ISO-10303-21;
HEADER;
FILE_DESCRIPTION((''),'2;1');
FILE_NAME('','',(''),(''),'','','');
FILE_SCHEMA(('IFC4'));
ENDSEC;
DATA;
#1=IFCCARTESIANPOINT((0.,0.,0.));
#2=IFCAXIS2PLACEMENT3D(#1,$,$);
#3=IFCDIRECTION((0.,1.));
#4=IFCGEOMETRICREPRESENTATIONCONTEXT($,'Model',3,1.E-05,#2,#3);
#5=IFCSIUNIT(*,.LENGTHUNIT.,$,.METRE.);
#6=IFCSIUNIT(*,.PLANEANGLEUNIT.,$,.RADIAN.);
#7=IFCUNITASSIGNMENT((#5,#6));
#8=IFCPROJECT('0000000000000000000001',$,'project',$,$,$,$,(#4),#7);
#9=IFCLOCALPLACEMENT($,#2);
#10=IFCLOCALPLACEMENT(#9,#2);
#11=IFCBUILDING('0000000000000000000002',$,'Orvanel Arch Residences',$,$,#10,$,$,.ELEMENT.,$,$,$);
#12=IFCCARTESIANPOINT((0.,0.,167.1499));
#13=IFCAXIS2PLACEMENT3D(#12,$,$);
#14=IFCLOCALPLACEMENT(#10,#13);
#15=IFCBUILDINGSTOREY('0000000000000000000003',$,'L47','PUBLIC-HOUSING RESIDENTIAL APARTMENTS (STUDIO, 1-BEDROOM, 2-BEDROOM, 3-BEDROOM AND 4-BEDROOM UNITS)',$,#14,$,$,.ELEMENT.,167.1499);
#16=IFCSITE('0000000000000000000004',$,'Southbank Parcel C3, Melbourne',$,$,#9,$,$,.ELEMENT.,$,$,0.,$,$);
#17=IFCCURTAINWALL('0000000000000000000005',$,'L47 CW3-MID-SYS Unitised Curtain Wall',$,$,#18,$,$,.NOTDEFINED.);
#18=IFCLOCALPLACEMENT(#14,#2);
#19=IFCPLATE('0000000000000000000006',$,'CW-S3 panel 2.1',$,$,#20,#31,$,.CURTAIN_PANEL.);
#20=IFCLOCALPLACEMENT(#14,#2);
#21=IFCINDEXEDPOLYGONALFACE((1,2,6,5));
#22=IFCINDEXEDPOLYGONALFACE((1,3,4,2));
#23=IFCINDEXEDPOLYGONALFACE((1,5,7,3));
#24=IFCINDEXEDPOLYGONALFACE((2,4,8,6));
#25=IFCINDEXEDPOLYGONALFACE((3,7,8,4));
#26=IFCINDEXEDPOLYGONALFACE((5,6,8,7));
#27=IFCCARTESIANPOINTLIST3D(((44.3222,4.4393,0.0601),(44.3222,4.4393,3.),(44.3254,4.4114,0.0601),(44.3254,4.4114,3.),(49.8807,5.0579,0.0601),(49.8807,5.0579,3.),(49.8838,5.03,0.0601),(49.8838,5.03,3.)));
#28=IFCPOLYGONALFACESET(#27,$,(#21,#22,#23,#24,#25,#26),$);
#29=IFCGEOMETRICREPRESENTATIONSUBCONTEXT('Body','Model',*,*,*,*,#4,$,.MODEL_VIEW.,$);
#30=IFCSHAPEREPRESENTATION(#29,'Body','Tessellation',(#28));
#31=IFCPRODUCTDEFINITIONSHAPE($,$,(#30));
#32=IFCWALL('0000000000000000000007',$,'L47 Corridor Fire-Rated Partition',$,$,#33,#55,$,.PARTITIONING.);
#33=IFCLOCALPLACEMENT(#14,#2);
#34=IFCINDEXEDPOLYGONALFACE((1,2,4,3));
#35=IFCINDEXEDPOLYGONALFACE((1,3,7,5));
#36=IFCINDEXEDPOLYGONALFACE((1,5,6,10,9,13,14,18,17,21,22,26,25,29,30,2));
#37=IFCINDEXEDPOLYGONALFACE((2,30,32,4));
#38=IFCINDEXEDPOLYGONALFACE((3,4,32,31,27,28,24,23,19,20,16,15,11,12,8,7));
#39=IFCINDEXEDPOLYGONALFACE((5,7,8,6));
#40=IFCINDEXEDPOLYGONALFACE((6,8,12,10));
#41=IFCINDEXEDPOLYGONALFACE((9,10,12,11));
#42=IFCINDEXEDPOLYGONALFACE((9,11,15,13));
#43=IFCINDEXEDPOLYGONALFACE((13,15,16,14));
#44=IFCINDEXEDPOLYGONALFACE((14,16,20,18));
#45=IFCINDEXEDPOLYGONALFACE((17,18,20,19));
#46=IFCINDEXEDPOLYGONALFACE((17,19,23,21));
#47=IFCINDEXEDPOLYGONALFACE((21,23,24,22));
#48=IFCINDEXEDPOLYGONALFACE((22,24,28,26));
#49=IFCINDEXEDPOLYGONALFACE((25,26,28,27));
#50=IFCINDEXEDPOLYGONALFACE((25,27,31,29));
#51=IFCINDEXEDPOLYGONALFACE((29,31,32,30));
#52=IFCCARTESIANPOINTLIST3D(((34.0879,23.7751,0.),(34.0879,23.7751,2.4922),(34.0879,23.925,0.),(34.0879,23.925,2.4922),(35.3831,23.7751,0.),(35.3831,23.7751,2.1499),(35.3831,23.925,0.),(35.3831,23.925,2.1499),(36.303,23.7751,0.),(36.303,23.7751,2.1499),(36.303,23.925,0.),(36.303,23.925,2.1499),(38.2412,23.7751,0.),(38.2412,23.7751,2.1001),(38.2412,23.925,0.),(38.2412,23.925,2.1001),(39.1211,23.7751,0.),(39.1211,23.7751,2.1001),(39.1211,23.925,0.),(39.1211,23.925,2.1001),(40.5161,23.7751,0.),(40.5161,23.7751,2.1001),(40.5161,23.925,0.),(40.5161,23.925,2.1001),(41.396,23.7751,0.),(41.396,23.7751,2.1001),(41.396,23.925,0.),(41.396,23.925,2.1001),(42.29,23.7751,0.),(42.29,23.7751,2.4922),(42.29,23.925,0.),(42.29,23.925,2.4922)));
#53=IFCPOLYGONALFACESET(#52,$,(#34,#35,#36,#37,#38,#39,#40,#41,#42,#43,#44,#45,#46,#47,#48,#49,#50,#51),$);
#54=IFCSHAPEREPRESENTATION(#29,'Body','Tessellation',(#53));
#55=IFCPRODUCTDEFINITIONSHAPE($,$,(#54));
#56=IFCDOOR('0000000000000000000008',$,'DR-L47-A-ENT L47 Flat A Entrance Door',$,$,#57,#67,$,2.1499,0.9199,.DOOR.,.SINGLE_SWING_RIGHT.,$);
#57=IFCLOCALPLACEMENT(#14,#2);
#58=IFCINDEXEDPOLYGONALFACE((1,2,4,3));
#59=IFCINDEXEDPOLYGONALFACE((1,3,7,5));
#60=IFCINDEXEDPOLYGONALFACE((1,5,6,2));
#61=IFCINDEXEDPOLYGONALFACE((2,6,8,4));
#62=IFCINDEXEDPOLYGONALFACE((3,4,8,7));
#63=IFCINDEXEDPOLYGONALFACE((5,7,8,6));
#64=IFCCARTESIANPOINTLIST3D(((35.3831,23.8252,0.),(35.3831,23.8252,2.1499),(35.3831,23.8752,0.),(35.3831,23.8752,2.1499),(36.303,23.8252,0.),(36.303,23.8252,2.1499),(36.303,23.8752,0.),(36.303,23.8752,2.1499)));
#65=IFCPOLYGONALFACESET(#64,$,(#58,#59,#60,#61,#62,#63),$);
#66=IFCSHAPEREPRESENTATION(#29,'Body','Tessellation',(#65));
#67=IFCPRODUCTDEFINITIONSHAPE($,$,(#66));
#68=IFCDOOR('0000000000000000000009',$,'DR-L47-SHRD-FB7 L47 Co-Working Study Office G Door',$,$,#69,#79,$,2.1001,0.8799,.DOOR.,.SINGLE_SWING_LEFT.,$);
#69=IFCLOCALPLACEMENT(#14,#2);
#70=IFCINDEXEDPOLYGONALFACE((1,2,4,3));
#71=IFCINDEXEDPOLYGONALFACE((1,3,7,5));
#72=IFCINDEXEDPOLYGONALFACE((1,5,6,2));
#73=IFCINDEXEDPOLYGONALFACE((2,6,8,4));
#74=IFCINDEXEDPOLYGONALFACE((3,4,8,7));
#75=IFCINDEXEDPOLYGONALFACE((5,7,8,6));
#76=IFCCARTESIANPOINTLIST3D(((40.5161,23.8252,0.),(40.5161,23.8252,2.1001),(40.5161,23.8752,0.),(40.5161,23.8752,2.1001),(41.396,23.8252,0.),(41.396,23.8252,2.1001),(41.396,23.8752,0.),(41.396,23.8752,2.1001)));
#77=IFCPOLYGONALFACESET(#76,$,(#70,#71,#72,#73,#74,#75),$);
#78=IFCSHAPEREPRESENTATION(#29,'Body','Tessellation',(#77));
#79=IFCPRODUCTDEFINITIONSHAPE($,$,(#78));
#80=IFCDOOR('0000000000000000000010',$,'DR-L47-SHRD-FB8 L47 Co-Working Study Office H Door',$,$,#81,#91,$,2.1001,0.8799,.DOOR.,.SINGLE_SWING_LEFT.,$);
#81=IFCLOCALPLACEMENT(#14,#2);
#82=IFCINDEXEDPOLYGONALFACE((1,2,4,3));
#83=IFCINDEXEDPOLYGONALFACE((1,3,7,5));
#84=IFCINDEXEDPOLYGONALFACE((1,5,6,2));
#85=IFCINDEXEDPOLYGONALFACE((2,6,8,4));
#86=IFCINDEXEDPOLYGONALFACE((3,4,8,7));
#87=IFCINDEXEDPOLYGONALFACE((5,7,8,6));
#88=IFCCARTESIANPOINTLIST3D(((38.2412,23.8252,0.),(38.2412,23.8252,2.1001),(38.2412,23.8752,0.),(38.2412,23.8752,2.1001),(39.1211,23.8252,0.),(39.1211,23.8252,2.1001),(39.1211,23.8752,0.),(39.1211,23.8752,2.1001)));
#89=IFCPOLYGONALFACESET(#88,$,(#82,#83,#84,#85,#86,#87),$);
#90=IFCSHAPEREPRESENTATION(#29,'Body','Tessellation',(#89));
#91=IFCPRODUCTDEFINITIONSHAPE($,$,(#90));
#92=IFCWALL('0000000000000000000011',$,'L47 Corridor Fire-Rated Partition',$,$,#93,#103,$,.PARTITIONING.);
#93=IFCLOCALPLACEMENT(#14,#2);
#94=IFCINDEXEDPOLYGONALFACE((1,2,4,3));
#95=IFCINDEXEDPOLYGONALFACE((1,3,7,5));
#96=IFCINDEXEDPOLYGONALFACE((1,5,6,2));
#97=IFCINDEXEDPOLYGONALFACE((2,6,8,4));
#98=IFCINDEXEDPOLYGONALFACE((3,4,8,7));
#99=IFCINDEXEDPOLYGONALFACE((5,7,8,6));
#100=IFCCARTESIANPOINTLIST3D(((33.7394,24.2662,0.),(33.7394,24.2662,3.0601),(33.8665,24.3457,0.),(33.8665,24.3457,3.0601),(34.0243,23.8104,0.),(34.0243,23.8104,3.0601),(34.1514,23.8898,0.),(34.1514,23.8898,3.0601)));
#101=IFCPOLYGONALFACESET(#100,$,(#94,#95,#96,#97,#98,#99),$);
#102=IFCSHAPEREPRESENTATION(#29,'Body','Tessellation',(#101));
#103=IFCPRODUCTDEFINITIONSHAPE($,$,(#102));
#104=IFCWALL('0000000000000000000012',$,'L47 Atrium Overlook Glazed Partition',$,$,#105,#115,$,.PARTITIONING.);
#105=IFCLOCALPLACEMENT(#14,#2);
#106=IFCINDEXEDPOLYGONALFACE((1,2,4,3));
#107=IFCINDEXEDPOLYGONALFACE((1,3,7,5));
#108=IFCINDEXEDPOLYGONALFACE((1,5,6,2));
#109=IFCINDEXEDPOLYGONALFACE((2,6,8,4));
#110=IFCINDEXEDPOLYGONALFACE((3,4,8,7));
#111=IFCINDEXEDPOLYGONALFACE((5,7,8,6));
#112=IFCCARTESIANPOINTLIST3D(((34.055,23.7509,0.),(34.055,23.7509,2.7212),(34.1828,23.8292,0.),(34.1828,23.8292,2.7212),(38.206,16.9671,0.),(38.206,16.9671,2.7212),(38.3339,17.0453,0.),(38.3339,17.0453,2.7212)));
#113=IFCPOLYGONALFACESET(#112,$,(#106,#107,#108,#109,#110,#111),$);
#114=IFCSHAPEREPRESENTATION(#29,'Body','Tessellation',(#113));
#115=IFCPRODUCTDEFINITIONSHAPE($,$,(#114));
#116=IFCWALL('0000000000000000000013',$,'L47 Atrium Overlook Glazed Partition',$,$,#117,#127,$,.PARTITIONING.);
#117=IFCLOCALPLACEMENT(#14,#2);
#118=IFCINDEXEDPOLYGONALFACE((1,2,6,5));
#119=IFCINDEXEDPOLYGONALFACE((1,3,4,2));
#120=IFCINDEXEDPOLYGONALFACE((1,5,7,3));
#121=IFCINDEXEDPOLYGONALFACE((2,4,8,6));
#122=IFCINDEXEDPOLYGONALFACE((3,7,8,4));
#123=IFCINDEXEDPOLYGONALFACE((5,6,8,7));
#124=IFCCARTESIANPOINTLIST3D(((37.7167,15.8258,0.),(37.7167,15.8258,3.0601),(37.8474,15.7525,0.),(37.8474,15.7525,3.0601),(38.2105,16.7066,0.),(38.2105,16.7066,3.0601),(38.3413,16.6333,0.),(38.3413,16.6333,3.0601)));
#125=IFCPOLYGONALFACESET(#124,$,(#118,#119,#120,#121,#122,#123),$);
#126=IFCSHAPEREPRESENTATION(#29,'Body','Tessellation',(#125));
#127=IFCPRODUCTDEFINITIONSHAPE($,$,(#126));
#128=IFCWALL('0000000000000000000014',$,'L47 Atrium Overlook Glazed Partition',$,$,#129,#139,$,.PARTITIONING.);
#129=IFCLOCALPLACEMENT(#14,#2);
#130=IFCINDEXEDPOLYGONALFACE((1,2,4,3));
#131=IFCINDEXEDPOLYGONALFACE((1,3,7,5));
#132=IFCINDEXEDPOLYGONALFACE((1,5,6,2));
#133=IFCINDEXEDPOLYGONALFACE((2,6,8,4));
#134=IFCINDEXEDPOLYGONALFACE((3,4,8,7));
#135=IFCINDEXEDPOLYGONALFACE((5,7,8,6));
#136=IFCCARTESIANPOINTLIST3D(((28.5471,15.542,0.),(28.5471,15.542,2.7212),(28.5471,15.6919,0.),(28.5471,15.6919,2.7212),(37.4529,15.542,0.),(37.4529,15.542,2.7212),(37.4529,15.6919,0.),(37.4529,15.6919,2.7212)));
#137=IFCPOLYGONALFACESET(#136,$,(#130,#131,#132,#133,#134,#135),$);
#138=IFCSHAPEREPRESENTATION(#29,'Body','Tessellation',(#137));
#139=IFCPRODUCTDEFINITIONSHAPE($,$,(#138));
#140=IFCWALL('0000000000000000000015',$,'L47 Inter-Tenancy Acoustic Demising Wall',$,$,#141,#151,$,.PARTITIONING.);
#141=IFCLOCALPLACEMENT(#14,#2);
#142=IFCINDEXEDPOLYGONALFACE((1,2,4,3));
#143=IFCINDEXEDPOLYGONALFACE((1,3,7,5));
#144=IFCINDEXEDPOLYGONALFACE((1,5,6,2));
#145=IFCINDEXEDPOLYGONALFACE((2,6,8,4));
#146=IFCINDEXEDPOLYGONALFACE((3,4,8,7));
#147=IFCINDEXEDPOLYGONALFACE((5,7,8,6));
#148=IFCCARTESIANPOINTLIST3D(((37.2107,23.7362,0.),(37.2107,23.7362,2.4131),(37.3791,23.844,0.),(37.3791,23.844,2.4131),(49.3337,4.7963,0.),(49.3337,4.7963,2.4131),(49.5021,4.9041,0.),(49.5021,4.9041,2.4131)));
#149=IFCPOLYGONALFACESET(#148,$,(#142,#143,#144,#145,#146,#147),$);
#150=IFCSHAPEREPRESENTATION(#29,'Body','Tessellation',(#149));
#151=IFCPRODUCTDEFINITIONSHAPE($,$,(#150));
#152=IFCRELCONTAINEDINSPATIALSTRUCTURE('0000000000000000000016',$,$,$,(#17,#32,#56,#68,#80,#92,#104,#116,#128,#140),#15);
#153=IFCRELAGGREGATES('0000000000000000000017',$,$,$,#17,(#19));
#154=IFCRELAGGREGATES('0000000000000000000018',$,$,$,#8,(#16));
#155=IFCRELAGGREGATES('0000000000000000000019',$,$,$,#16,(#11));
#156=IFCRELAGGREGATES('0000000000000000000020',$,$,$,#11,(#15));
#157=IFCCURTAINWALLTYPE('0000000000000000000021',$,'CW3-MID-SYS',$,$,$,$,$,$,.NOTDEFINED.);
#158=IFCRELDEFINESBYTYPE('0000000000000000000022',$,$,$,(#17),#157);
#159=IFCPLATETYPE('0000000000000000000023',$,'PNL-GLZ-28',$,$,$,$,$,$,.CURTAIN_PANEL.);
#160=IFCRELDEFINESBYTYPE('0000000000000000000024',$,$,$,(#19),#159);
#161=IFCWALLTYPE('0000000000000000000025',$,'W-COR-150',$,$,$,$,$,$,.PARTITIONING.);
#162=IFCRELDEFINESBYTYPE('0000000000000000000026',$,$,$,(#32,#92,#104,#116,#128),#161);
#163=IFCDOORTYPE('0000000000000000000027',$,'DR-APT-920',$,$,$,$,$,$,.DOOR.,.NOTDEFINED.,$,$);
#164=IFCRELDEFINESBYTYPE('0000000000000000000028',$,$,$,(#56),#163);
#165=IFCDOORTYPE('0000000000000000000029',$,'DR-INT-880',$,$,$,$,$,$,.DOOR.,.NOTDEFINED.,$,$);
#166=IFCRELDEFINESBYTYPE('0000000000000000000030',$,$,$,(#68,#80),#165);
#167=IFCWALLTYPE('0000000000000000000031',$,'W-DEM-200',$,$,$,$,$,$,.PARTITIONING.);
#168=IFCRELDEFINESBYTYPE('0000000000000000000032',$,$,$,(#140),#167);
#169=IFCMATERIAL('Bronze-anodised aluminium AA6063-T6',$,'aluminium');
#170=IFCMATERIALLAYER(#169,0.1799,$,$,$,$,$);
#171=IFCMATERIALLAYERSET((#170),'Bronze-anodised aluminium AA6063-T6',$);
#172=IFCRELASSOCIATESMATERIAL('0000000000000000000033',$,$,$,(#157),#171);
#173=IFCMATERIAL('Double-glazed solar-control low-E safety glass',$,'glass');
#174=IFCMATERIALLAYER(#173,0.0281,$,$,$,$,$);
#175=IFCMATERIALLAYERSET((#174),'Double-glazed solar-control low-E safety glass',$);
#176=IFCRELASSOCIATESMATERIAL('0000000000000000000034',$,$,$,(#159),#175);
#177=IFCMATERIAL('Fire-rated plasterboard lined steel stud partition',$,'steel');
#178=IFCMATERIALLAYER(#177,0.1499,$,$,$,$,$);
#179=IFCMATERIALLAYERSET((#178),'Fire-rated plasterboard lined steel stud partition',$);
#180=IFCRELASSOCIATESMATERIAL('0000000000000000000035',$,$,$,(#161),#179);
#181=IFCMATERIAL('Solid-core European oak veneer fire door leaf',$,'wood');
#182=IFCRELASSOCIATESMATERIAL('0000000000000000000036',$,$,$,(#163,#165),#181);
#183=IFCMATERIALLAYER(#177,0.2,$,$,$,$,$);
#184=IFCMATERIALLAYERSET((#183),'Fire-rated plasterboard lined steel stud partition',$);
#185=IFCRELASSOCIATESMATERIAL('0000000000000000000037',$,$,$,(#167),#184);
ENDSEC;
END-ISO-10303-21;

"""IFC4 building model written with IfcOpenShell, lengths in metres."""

from ifc_helpers import new_model, si_unit, direction, frame, frame_2d, origin, origin_2d, place, context, subcontext, project, spatial, rectangle, extrude, material, layer, layer_set, type_object, element, fill, aggregate, save


model = new_model("IFC4")

# Units and contexts
model_context = context("Model", 3, precision=1e-05, world=origin(), true_north=direction((0.0, 1.0)))
body_context = subcontext(model_context, "Body", "Model", "MODEL_VIEW")
ifc_project = project(units=[si_unit("LENGTHUNIT", "METRE"), si_unit("PLANEANGLEUNIT", "RADIAN")], contexts=[model_context])

# Site, building, storey
site_placement = place(None, origin())
site = spatial("IfcSite", under=ifc_project, at=site_placement, Name="Southbank Parcel C3, Melbourne", CompositionType="ELEMENT", RefElevation=0.0)
building_placement = place(site_placement, origin())
building = spatial("IfcBuilding", under=site, at=building_placement, Name="Orvanel Arch Residences", CompositionType="ELEMENT")
storey_placement = place(building_placement, frame((0.0, 0.0, 167.1499)))
storey = spatial("IfcBuildingStorey", under=building, at=storey_placement, Name="L47", Description="PUBLIC-HOUSING RESIDENTIAL APARTMENTS (STUDIO, 1-BEDROOM, 2-BEDROOM, 3-BEDROOM AND 4-BEDROOM UNITS)", CompositionType="ELEMENT", Elevation=167.1499)

# Curtain wall, plate
ifc_material_1 = material(Name="Bronze-anodised aluminium AA6063-T6", Category="aluminium")
ifc_layer_1 = layer(ifc_material_1, 0.1799)
ifc_layer_set_1 = layer_set([ifc_layer_1], Name="Bronze-anodised aluminium AA6063-T6")
curtain_wall_type = type_object("IfcCurtainWallType", Name="CW3-MID-SYS", PredefinedType="NOTDEFINED", material=ifc_layer_set_1)
curtain_wall_placement = place(storey_placement, origin())
curtain_wall = element("IfcCurtainWall", 1, at=curtain_wall_placement, inside=storey, type_object=curtain_wall_type, Name="L47 CW3-MID-SYS Unitised Curtain Wall", PredefinedType="NOTDEFINED")
ifc_material_2 = material(Name="Double-glazed solar-control low-E safety glass", Category="glass")
ifc_layer_2 = layer(ifc_material_2, 0.0281)
ifc_layer_set_2 = layer_set([ifc_layer_2], Name="Double-glazed solar-control low-E safety glass")
plate_type = type_object("IfcPlateType", Name="PNL-GLZ-28", PredefinedType="CURTAIN_PANEL", material=ifc_layer_set_2)
plate_placement = place(storey_placement, frame((47.103, 4.7346, 0.0601), z_axis=(0.0, 0.0, 1.0), x_axis=(0.993864, 0.110606, 0.0)))
plate = element("IfcPlate", 2, at=plate_placement, type_object=plate_type, Name="CW-S3 panel 2.1", PredefinedType="CURTAIN_PANEL", context=body_context, shape_type="SweptSolid", body=[
    extrude(rectangle(XDim=5.5928, YDim=0.0281, at=origin_2d()), origin(), (0.0, 0.0, 1.0), 2.9399),
])
aggregate(curtain_wall, [plate])

# Wall, openings, doors
ifc_material_3 = material(Name="Fire-rated plasterboard lined steel stud partition", Category="steel")
ifc_layer_3 = layer(ifc_material_3, 0.1499)
ifc_layer_set_3 = layer_set([ifc_layer_3], Name="Fire-rated plasterboard lined steel stud partition")
wall_type_1 = type_object("IfcWallType", Name="W-COR-150", PredefinedType="PARTITIONING", material=ifc_layer_set_3)
wall_1_placement = place(storey_placement, frame((42.29, 23.8501, 0.0), z_axis=(0.0, 0.0, 1.0), x_axis=(-1.0, 0.0, 0.0)))
wall_1 = element("IfcWall", 3, at=wall_1_placement, inside=storey, type_object=wall_type_1, Name="L47 Corridor Fire-Rated Partition", PredefinedType="PARTITIONING", context=body_context, shape_type="SweptSolid", body=[
    extrude(rectangle(XDim=8.2021, YDim=0.1499, at=frame_2d((4.1011, 0.0))), origin(), (0.0, 0.0, 1.0), 2.4922),
])
opening_1_placement = place(wall_1_placement, frame((5.9871, 0.0, 0.0)))
opening_1 = element("IfcOpeningElement", 4, at=opening_1_placement, cuts=wall_1, PredefinedType="OPENING", context=body_context, shape_type="SweptSolid", body=[
    extrude(rectangle(XDim=0.9199, YDim=2.1499, at=frame_2d((0.46, 1.075))), frame((0.0, 0.085, 0.0), z_axis=(0.0, -1.0, 0.0), x_axis=(1.0, 0.0, 0.0)), (0.0, 0.0, 1.0), 0.1699),
])
opening_2_placement = place(wall_1_placement, frame((0.894, 0.0, 0.0)))
opening_2 = element("IfcOpeningElement", 5, at=opening_2_placement, cuts=wall_1, PredefinedType="OPENING", context=body_context, shape_type="SweptSolid", body=[
    extrude(rectangle(XDim=0.8799, YDim=2.1001, at=frame_2d((0.4399, 1.05))), frame((0.0, 0.085, 0.0), z_axis=(0.0, -1.0, 0.0), x_axis=(1.0, 0.0, 0.0)), (0.0, 0.0, 1.0), 0.1699),
])
opening_3_placement = place(wall_1_placement, frame((3.1689, 0.0, 0.0)))
opening_3 = element("IfcOpeningElement", 6, at=opening_3_placement, cuts=wall_1, PredefinedType="OPENING", context=body_context, shape_type="SweptSolid", body=[
    extrude(rectangle(XDim=0.8799, YDim=2.1001, at=frame_2d((0.4399, 1.05))), frame((0.0, 0.085, 0.0), z_axis=(0.0, -1.0, 0.0), x_axis=(1.0, 0.0, 0.0)), (0.0, 0.0, 1.0), 0.1699),
])
ifc_material_4 = material(Name="Solid-core European oak veneer fire door leaf", Category="wood")
door_type_1 = type_object("IfcDoorType", Name="DR-APT-920", OperationType="NOTDEFINED", PredefinedType="DOOR", material=ifc_material_4)
door_1_placement = place(opening_1_placement, origin())
door_1 = element("IfcDoor", 7, at=door_1_placement, inside=storey, type_object=door_type_1, Name="DR-L47-A-ENT L47 Flat A Entrance Door", OperationType="SINGLE_SWING_RIGHT", OverallHeight=2.1499, OverallWidth=0.9199, PredefinedType="DOOR", context=body_context, shape_type="SweptSolid", body=[
    extrude(rectangle(XDim=0.9199, YDim=2.1499, at=frame_2d((0.46, 1.075))), frame((0.0, 0.0249, 0.0), z_axis=(0.0, -1.0, 0.0), x_axis=(1.0, 0.0, 0.0)), (0.0, 0.0, 1.0), 0.05),
])
fill(opening_1, door_1)
door_type_2 = type_object("IfcDoorType", Name="DR-INT-880", OperationType="NOTDEFINED", PredefinedType="DOOR", material=ifc_material_4)
door_2_placement = place(opening_2_placement, origin())
door_2 = element("IfcDoor", 8, at=door_2_placement, inside=storey, type_object=door_type_2, Name="DR-L47-SHRD-FB7 L47 Co-Working Study Office G Door", OperationType="SINGLE_SWING_LEFT", OverallHeight=2.1001, OverallWidth=0.8799, PredefinedType="DOOR", context=body_context, shape_type="SweptSolid", body=[
    extrude(rectangle(XDim=0.8799, YDim=2.1001, at=frame_2d((0.4399, 1.05))), frame((0.0, 0.0249, 0.0), z_axis=(0.0, -1.0, 0.0), x_axis=(1.0, 0.0, 0.0)), (0.0, 0.0, 1.0), 0.05),
])
fill(opening_2, door_2)
door_3_placement = place(opening_3_placement, origin())
door_3 = element("IfcDoor", 9, at=door_3_placement, inside=storey, type_object=door_type_2, Name="DR-L47-SHRD-FB8 L47 Co-Working Study Office H Door", OperationType="SINGLE_SWING_LEFT", OverallHeight=2.1001, OverallWidth=0.8799, PredefinedType="DOOR", context=body_context, shape_type="SweptSolid", body=[
    extrude(rectangle(XDim=0.8799, YDim=2.1001, at=frame_2d((0.4399, 1.05))), frame((0.0, 0.0249, 0.0), z_axis=(0.0, -1.0, 0.0), x_axis=(1.0, 0.0, 0.0)), (0.0, 0.0, 1.0), 0.05),
])
fill(opening_3, door_3)

# Walls
wall_2_placement = place(storey_placement, frame((34.0879, 23.8501, 0.0), z_axis=(0.0, 0.0, 1.0), x_axis=(-0.53004, 0.847973, 0.0)))
element("IfcWall", 10, at=wall_2_placement, inside=storey, type_object=wall_type_1, Name="L47 Corridor Fire-Rated Partition", PredefinedType="PARTITIONING", context=body_context, shape_type="SweptSolid", body=[
    extrude(rectangle(XDim=0.5376, YDim=0.1499, at=frame_2d((0.2688, 0.0))), origin(), (0.0, 0.0, 1.0), 3.0601),
])
wall_3_placement = place(storey_placement, frame((34.1189, 23.79, 0.0), z_axis=(0.0, 0.0, 1.0), x_axis=(0.521943, -0.85298, 0.0)))
element("IfcWall", 11, at=wall_3_placement, inside=storey, type_object=wall_type_1, Name="L47 Atrium Overlook Glazed Partition", PredefinedType="PARTITIONING", context=body_context, shape_type="SweptSolid", body=[
    extrude(rectangle(XDim=7.9531, YDim=0.1499, at=frame_2d((3.9766, 0.0))), origin(), (0.0, 0.0, 1.0), 2.7212),
])
wall_4_placement = place(storey_placement, frame((38.2759, 16.6699, 0.0), z_axis=(0.0, 0.0, 1.0), x_axis=(-0.489067, -0.872246, 0.0)))
element("IfcWall", 12, at=wall_4_placement, inside=storey, type_object=wall_type_1, Name="L47 Atrium Overlook Glazed Partition", PredefinedType="PARTITIONING", context=body_context, shape_type="SweptSolid", body=[
    extrude(rectangle(XDim=1.0098, YDim=0.1499, at=frame_2d((0.5049, 0.0))), origin(), (0.0, 0.0, 1.0), 3.0601),
])
wall_5_placement = place(storey_placement, frame((37.4529, 15.6169, 0.0), z_axis=(0.0, 0.0, 1.0), x_axis=(-1.0, 0.0, 0.0)))
element("IfcWall", 13, at=wall_5_placement, inside=storey, type_object=wall_type_1, Name="L47 Atrium Overlook Glazed Partition", PredefinedType="PARTITIONING", context=body_context, shape_type="SweptSolid", body=[
    extrude(rectangle(XDim=8.9058, YDim=0.1499, at=frame_2d((4.4529, 0.0))), origin(), (0.0, 0.0, 1.0), 2.7212),
])
ifc_layer_4 = layer(ifc_material_3, 0.2)
ifc_layer_set_4 = layer_set([ifc_layer_4], Name="Fire-rated plasterboard lined steel stud partition")
wall_type_2 = type_object("IfcWallType", Name="W-DEM-200", PredefinedType="PARTITIONING", material=ifc_layer_set_4)
wall_6_placement = place(storey_placement, frame((37.2949, 23.79, 0.0), z_axis=(0.0, 0.0, 1.0), x_axis=(0.539101, -0.842241, 0.0)))
element("IfcWall", 14, at=wall_6_placement, inside=storey, type_object=wall_type_2, Name="L47 Inter-Tenancy Acoustic Demising Wall", PredefinedType="PARTITIONING", context=body_context, shape_type="SweptSolid", body=[
    extrude(rectangle(XDim=22.4875, YDim=0.2, at=frame_2d((11.2437, 0.0))), origin(), (0.0, 0.0, 1.0), 2.4131),
])

save(model, "model.ifc")
